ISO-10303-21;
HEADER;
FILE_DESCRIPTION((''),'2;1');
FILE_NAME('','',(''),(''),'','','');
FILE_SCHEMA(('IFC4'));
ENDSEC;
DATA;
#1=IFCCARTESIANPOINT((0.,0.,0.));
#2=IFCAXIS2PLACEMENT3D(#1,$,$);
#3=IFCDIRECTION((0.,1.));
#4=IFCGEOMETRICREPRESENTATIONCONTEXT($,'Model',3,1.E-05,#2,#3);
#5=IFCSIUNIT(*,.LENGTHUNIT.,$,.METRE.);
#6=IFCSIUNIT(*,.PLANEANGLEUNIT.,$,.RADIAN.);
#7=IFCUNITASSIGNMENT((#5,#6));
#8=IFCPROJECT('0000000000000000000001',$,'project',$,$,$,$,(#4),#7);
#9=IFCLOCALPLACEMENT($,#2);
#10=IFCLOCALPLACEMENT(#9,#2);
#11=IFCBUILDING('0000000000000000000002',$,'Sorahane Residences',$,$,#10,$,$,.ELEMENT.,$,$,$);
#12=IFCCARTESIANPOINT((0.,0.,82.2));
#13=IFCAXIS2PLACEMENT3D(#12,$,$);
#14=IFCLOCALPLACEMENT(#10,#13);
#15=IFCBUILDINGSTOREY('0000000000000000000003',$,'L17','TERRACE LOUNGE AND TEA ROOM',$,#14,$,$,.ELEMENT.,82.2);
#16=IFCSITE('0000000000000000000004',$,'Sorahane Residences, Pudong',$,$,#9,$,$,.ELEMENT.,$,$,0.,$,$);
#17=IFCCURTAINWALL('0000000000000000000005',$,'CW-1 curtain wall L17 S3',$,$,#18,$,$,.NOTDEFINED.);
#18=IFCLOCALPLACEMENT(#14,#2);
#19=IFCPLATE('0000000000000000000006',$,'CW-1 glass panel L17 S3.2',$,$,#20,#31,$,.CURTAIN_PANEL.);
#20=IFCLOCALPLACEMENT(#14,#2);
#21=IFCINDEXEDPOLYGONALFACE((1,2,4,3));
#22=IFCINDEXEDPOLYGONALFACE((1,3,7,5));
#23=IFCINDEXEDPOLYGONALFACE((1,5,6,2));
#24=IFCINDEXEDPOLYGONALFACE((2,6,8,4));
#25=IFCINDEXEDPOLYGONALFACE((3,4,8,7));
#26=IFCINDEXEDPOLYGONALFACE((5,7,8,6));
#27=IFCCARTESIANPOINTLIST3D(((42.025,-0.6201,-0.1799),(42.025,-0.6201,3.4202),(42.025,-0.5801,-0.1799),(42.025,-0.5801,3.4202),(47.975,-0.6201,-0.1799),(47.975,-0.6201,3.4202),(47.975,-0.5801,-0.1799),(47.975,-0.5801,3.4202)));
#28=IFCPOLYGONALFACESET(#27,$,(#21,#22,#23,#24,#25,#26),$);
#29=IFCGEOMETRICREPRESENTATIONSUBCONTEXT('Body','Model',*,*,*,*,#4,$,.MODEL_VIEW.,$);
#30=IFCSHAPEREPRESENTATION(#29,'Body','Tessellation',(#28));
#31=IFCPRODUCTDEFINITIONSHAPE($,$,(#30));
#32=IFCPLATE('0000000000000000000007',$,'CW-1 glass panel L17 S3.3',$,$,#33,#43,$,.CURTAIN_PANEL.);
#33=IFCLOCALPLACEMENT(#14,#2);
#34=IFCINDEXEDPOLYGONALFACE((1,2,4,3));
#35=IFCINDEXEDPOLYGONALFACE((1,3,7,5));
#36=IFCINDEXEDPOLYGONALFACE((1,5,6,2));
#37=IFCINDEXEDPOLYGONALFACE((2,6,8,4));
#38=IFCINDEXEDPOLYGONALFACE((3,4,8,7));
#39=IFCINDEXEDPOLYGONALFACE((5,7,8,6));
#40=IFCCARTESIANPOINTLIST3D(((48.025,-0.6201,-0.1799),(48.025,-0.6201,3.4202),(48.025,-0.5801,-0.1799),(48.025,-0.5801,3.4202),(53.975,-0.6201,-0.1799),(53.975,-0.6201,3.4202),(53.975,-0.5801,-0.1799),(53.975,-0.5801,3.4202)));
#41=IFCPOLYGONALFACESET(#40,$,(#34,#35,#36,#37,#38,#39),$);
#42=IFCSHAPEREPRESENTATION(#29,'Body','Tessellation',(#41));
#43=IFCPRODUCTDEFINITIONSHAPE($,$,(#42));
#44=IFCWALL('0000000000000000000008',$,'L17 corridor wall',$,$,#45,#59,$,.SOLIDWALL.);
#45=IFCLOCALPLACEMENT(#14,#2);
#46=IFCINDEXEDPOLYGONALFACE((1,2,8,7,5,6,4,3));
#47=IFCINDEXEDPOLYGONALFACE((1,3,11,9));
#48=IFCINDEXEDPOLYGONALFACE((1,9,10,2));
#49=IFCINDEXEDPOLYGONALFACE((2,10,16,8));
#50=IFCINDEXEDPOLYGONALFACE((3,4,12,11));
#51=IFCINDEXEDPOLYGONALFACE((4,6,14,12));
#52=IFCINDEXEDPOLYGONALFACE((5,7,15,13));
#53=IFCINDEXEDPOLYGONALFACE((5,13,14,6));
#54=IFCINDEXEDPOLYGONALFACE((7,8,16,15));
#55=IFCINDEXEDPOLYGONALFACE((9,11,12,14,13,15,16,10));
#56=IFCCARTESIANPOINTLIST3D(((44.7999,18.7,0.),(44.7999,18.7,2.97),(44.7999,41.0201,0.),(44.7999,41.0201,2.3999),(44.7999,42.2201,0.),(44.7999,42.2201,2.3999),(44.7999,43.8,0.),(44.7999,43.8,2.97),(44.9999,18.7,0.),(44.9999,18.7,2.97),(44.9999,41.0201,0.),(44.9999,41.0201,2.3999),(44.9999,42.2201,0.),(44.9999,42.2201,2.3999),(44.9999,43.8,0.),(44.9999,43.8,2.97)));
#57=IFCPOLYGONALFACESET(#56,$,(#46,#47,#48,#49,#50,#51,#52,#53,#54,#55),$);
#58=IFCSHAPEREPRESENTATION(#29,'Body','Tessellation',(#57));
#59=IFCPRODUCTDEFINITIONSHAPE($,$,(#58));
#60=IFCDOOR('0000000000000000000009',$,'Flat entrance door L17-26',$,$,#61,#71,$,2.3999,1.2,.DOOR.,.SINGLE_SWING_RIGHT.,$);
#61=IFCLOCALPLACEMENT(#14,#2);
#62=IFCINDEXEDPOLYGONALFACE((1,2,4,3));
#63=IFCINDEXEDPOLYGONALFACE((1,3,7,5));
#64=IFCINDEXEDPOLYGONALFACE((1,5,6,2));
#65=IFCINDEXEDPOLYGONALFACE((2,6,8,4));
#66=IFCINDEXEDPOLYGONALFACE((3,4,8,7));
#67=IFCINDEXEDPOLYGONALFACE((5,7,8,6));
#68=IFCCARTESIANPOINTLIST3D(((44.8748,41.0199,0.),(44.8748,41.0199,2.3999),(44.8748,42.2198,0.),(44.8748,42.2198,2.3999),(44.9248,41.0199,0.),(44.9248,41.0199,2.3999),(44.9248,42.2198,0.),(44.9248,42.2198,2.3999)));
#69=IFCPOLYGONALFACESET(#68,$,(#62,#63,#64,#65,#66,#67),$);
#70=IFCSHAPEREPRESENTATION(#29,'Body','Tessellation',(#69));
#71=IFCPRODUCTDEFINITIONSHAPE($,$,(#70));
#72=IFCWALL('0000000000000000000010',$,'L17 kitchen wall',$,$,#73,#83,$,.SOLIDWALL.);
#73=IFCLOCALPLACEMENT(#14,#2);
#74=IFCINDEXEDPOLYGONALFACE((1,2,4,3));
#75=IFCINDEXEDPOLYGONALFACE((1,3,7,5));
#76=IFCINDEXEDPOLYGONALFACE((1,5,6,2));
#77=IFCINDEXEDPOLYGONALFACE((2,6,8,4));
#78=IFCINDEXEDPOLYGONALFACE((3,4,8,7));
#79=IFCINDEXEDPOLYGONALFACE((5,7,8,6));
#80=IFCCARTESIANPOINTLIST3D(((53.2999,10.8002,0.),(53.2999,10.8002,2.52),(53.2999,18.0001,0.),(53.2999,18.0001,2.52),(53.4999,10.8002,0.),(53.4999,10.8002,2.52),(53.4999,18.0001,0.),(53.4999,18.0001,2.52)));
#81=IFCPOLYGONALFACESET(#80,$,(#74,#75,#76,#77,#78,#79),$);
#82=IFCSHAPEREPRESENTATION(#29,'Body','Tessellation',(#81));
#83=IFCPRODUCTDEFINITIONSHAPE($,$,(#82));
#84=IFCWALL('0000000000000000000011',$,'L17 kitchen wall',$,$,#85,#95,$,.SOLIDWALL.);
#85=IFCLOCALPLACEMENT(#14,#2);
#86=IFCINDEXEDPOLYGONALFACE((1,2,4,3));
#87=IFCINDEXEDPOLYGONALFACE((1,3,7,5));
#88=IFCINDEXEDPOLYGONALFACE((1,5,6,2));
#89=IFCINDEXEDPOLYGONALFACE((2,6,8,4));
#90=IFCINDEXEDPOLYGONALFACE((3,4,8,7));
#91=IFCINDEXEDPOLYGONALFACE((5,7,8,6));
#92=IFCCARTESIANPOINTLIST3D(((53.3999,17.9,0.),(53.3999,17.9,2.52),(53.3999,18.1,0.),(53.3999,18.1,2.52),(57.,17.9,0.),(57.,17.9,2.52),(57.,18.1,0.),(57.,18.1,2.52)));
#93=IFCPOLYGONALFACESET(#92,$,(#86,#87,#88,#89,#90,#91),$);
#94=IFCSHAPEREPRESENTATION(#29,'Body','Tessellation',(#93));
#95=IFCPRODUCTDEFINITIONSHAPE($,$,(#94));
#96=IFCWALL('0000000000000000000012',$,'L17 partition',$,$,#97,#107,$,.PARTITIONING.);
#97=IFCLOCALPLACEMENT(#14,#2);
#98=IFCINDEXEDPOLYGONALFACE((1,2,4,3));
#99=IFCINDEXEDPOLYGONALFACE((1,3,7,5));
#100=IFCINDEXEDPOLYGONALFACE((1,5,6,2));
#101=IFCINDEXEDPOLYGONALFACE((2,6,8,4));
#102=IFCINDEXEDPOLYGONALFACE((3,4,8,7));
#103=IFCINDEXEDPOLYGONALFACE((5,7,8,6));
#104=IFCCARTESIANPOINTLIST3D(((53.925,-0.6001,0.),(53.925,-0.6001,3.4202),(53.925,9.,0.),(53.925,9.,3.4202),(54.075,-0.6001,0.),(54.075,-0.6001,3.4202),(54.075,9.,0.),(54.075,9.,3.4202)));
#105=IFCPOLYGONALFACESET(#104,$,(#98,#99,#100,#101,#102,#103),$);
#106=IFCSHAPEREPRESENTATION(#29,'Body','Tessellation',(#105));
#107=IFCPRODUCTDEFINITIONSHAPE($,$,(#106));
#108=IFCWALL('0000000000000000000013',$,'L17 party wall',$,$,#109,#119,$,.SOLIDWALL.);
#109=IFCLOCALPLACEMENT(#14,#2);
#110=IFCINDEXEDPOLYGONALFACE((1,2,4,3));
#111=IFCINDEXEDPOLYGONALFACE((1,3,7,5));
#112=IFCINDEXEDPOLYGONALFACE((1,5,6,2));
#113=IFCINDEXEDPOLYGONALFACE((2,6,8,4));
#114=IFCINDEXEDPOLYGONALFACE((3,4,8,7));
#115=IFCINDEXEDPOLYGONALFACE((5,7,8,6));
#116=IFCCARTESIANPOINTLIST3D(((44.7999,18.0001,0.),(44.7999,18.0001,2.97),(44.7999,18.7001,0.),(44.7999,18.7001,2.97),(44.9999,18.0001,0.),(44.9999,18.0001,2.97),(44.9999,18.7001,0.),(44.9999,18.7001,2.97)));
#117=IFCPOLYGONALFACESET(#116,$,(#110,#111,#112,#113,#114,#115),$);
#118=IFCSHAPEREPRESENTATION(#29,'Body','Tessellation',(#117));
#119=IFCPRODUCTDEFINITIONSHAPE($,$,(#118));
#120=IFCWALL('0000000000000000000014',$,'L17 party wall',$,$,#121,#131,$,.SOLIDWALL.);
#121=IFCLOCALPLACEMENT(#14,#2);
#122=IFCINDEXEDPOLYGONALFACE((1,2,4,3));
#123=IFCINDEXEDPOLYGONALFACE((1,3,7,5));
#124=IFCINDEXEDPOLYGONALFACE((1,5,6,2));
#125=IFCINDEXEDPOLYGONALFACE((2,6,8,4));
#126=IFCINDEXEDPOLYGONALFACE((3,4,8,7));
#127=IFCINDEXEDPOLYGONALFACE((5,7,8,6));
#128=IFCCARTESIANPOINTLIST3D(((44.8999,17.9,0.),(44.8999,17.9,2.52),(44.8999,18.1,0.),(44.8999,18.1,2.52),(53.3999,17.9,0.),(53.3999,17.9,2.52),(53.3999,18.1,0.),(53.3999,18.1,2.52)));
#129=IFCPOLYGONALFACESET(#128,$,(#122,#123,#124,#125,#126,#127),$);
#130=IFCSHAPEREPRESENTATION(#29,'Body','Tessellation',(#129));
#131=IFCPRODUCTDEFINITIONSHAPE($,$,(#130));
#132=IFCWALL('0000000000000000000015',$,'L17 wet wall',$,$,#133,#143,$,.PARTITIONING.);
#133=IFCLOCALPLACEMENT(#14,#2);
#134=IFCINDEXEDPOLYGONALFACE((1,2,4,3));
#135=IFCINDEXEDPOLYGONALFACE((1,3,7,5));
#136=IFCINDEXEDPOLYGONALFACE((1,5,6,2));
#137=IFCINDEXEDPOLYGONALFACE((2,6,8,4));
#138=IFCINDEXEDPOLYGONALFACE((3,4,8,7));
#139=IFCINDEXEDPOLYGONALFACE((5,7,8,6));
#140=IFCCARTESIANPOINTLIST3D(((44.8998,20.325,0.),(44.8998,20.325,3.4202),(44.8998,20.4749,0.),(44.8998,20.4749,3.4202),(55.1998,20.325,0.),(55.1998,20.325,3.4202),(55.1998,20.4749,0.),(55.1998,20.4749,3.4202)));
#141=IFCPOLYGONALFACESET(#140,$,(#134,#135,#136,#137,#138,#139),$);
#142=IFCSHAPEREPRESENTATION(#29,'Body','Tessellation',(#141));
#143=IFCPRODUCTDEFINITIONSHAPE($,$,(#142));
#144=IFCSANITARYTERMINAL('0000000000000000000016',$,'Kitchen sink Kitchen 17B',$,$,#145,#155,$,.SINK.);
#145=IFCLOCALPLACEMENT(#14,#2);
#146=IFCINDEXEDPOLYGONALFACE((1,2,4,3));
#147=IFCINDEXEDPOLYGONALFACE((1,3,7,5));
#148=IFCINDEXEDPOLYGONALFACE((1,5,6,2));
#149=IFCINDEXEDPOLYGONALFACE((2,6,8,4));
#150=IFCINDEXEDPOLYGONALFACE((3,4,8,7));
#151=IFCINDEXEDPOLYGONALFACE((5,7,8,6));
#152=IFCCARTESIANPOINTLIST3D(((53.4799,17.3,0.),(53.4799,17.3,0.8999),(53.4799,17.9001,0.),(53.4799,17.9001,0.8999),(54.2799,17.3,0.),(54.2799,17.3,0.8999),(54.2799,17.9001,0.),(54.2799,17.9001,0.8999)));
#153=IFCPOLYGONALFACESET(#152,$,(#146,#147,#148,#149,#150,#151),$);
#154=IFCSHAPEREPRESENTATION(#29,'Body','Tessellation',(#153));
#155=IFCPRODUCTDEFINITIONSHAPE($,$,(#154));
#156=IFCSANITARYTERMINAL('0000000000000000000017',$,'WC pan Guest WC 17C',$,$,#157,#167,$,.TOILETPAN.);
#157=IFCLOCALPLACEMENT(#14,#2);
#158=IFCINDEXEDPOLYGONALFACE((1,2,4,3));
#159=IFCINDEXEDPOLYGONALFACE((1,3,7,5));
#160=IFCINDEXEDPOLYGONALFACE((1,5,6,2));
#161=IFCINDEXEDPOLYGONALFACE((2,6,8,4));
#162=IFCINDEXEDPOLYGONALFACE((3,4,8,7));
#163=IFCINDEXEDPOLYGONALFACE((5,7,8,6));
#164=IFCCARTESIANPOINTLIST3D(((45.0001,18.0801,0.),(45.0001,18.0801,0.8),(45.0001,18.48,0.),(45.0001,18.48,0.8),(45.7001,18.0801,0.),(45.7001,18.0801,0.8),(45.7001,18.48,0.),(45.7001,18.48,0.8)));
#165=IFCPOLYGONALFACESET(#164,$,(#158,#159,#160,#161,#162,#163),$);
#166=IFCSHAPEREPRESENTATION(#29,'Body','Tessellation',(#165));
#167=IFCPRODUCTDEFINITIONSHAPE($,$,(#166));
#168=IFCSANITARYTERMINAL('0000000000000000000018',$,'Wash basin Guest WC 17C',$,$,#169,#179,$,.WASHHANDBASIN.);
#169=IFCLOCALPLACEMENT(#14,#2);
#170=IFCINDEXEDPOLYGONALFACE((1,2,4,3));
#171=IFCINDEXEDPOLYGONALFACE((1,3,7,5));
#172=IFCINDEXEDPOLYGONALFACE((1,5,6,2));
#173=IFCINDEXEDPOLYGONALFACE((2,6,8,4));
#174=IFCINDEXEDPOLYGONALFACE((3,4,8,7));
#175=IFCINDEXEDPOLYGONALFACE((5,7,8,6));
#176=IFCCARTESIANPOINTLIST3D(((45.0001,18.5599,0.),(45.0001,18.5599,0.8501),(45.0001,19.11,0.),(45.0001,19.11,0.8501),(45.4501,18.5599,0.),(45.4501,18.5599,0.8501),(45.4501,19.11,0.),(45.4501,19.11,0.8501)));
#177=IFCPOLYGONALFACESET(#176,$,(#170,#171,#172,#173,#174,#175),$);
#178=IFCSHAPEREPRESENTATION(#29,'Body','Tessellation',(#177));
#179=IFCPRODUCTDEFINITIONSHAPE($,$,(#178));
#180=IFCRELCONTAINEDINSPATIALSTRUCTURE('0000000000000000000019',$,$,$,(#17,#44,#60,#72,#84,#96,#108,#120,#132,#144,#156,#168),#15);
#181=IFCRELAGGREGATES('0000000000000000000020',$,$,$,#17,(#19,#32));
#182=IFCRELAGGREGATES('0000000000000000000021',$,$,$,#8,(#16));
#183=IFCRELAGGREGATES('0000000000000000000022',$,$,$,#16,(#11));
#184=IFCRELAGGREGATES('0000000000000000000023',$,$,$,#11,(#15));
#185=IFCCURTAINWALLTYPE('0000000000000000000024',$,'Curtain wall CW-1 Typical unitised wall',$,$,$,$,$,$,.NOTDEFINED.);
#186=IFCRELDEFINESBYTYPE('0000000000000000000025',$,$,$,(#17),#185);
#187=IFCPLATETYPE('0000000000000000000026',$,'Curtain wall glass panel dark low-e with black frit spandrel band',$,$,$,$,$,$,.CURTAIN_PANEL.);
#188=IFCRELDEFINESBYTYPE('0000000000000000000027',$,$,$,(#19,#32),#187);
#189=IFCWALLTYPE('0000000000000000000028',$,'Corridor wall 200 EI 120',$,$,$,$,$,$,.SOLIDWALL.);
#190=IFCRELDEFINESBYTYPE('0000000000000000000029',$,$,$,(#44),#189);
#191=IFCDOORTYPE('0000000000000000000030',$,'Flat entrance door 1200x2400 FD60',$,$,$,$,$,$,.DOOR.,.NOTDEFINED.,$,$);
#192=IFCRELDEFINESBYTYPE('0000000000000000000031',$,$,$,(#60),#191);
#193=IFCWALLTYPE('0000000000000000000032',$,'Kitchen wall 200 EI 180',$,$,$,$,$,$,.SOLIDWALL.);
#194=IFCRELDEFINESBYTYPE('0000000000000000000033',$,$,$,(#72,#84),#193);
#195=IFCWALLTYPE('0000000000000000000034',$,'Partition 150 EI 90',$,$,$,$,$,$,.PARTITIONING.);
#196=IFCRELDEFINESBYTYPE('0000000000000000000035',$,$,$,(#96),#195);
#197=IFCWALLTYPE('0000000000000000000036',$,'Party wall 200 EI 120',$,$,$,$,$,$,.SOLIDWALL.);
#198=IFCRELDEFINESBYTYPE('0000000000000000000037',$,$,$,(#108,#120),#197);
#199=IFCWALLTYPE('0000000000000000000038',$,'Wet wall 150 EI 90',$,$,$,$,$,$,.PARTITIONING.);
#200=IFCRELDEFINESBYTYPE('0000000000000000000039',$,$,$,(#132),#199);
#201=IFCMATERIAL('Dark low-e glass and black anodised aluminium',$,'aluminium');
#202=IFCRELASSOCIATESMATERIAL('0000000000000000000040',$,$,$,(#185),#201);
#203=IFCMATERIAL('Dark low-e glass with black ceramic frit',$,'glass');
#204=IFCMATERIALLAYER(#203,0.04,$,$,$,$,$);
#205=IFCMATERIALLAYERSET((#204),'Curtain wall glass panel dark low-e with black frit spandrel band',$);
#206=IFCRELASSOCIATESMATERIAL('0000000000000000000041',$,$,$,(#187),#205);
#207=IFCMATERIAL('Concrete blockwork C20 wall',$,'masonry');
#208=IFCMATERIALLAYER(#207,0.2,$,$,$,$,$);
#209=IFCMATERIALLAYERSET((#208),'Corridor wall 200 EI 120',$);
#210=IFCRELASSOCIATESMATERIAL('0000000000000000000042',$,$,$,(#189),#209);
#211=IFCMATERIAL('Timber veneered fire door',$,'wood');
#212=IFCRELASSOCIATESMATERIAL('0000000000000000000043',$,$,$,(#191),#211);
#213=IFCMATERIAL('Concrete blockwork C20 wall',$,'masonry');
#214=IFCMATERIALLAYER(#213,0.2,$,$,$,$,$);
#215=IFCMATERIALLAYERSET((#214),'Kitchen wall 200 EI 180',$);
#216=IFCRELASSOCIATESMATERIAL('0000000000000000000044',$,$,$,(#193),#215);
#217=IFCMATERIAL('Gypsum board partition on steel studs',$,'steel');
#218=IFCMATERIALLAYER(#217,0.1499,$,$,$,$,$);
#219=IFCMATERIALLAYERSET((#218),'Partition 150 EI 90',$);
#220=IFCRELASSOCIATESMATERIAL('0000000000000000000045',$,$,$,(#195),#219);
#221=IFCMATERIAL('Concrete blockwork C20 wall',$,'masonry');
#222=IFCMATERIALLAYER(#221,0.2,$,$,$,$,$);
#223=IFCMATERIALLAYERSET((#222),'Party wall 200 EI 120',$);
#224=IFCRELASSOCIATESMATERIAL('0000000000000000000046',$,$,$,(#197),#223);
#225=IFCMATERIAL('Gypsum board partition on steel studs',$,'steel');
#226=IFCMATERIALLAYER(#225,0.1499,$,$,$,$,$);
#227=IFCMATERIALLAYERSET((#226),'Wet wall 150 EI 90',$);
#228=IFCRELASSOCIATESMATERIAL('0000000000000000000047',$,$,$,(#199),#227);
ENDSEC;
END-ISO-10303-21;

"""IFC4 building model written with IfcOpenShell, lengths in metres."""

from ifc_helpers import new_model, si_unit, direction, frame, frame_2d, origin, origin_2d, place, context, subcontext, project, spatial, rectangle, extrude, material, layer, layer_set, type_object, element, fill, aggregate, save


model = new_model("IFC4")

# Units and contexts
model_context = context("Model", 3, precision=1e-05, world=origin(), true_north=direction((0.0, 1.0)))
body_context = subcontext(model_context, "Body", "Model", "MODEL_VIEW")
ifc_project = project(units=[si_unit("LENGTHUNIT", "METRE"), si_unit("PLANEANGLEUNIT", "RADIAN")], contexts=[model_context])

# Site, building, storey
site_placement = place(None, origin())
site = spatial("IfcSite", under=ifc_project, at=site_placement, Name="Sorahane Residences, Pudong", CompositionType="ELEMENT", RefElevation=0.0)
building_placement = place(site_placement, origin())
building = spatial("IfcBuilding", under=site, at=building_placement, Name="Sorahane Residences", CompositionType="ELEMENT")
storey_placement = place(building_placement, frame((0.0, 0.0, 82.2)))
storey = spatial("IfcBuildingStorey", under=building, at=storey_placement, Name="L17", Description="TERRACE LOUNGE AND TEA ROOM", CompositionType="ELEMENT", Elevation=82.2)

# Curtain wall
ifc_material_1 = material(Name="Dark low-e glass and black anodised aluminium", Category="aluminium")
curtain_wall_type = type_object("IfcCurtainWallType", Name="Curtain wall CW-1 Typical unitised wall", PredefinedType="NOTDEFINED", material=ifc_material_1)
curtain_wall_placement = place(storey_placement, origin())
curtain_wall = element("IfcCurtainWall", 1, at=curtain_wall_placement, inside=storey, type_object=curtain_wall_type, Name="CW-1 curtain wall L17 S3", PredefinedType="NOTDEFINED")

# Plates
ifc_material_2 = material(Name="Dark low-e glass with black ceramic frit", Category="glass")
ifc_layer_1 = layer(ifc_material_2, 0.04)
ifc_layer_set_1 = layer_set([ifc_layer_1], Name="Curtain wall glass panel dark low-e with black frit spandrel band")
plate_type = type_object("IfcPlateType", Name="Curtain wall glass panel dark low-e with black frit spandrel band", PredefinedType="CURTAIN_PANEL", material=ifc_layer_set_1)
plate_1_placement = place(storey_placement, frame((45.0, -0.6001, -0.1799), z_axis=(0.0, 0.0, 1.0), x_axis=(1.0, 0.0, 0.0)))
plate_1 = element("IfcPlate", 2, at=plate_1_placement, type_object=plate_type, Name="CW-1 glass panel L17 S3.2", PredefinedType="CURTAIN_PANEL", context=body_context, shape_type="SweptSolid", body=[
    extrude(rectangle(XDim=5.95, YDim=0.04, at=origin_2d()), origin(), (0.0, 0.0, 1.0), 3.6001),
])
plate_2_placement = place(storey_placement, frame((51.0, -0.6001, -0.1799), z_axis=(0.0, 0.0, 1.0), x_axis=(1.0, 0.0, 0.0)))
plate_2 = element("IfcPlate", 3, at=plate_2_placement, type_object=plate_type, Name="CW-1 glass panel L17 S3.3", PredefinedType="CURTAIN_PANEL", context=body_context, shape_type="SweptSolid", body=[
    extrude(rectangle(XDim=5.95, YDim=0.04, at=origin_2d()), origin(), (0.0, 0.0, 1.0), 3.6001),
])
aggregate(curtain_wall, [plate_1, plate_2])

# Wall, opening, door
ifc_material_3 = material(Name="Concrete blockwork C20 wall", Category="masonry")
ifc_layer_2 = layer(ifc_material_3, 0.2)
ifc_layer_set_2 = layer_set([ifc_layer_2], Name="Corridor wall 200 EI 120")
wall_type_1 = type_object("IfcWallType", Name="Corridor wall 200 EI 120", PredefinedType="SOLIDWALL", material=ifc_layer_set_2)
wall_1_placement = place(storey_placement, frame((44.8999, 18.7, 0.0), z_axis=(0.0, 0.0, 1.0), x_axis=(0.0, 1.0, 0.0)))
wall_1 = element("IfcWall", 4, at=wall_1_placement, inside=storey, type_object=wall_type_1, Name="L17 corridor wall", PredefinedType="SOLIDWALL", context=body_context, shape_type="SweptSolid", body=[
    extrude(rectangle(XDim=25.1001, YDim=0.2, at=frame_2d((12.55, 0.0))), origin(), (0.0, 0.0, 1.0), 2.97),
])
opening_1_placement = place(wall_1_placement, frame((22.3201, 0.0, 0.0)))
opening_1 = element("IfcOpeningElement", 5, at=opening_1_placement, cuts=wall_1, PredefinedType="OPENING", context=body_context, shape_type="SweptSolid", body=[
    extrude(rectangle(XDim=1.2, YDim=2.3999, at=frame_2d((0.6001, 1.2))), frame((0.0, 0.1099, 0.0), z_axis=(0.0, -1.0, 0.0), x_axis=(1.0, 0.0, 0.0)), (0.0, 0.0, 1.0), 0.22),
])
ifc_material_4 = material(Name="Timber veneered fire door", Category="wood")
door_type_1 = type_object("IfcDoorType", Name="Flat entrance door 1200x2400 FD60", OperationType="NOTDEFINED", PredefinedType="DOOR", material=ifc_material_4)
door_1_placement = place(opening_1_placement, frame((1.2, 0.0, 0.0), z_axis=(0.0, 0.0, 1.0), x_axis=(-1.0, 0.0, 0.0)))
door_1 = element("IfcDoor", 6, at=door_1_placement, inside=storey, type_object=door_type_1, Name="Flat entrance door L17-26", OperationType="SINGLE_SWING_RIGHT", OverallHeight=2.3999, OverallWidth=1.2, PredefinedType="DOOR", context=body_context, shape_type="SweptSolid", body=[
    extrude(rectangle(XDim=1.2, YDim=2.3999, at=frame_2d((0.6001, 1.2))), frame((0.0, 0.0249, 0.0), z_axis=(0.0, -1.0, 0.0), x_axis=(1.0, 0.0, 0.0)), (0.0, 0.0, 1.0), 0.05),
])
fill(opening_1, door_1)

# Wall
ifc_material_5 = material(Name="Concrete blockwork C20 wall", Category="masonry")
ifc_layer_3 = layer(ifc_material_5, 0.2)
ifc_layer_set_3 = layer_set([ifc_layer_3], Name="Kitchen wall 200 EI 180")
wall_type_2 = type_object("IfcWallType", Name="Kitchen wall 200 EI 180", PredefinedType="SOLIDWALL", material=ifc_layer_set_3)
wall_2_placement = place(storey_placement, frame((53.3999, 10.8, 0.0), z_axis=(0.0, 0.0, 1.0), x_axis=(0.0, 1.0, 0.0)))
element("IfcWall", 7, at=wall_2_placement, inside=storey, type_object=wall_type_2, Name="L17 kitchen wall", PredefinedType="SOLIDWALL", context=body_context, shape_type="SweptSolid", body=[
    extrude(rectangle(XDim=7.2, YDim=0.2, at=frame_2d((3.6001, 0.0))), origin(), (0.0, 0.0, 1.0), 2.52),
])

# Walls
wall_3_placement = place(storey_placement, frame((53.3999, 18.0, 0.0), z_axis=(0.0, 0.0, 1.0), x_axis=(1.0, 0.0, 0.0)))
element("IfcWall", 8, at=wall_3_placement, inside=storey, type_object=wall_type_2, Name="L17 kitchen wall", PredefinedType="SOLIDWALL", context=body_context, shape_type="SweptSolid", body=[
    extrude(rectangle(XDim=3.6001, YDim=0.2, at=frame_2d((1.8, 0.0))), origin(), (0.0, 0.0, 1.0), 2.52),
])
ifc_material_6 = material(Name="Gypsum board partition on steel studs", Category="steel")
ifc_layer_4 = layer(ifc_material_6, 0.1499)
ifc_layer_set_4 = layer_set([ifc_layer_4], Name="Partition 150 EI 90")
wall_type_3 = type_object("IfcWallType", Name="Partition 150 EI 90", PredefinedType="PARTITIONING", material=ifc_layer_set_4)
wall_4_placement = place(storey_placement, frame((54.0, -0.6001, 0.0), z_axis=(0.0, 0.0, 1.0), x_axis=(0.0, 1.0, 0.0)))
element("IfcWall", 9, at=wall_4_placement, inside=storey, type_object=wall_type_3, Name="L17 partition", PredefinedType="PARTITIONING", context=body_context, shape_type="SweptSolid", body=[
    extrude(rectangle(XDim=9.6001, YDim=0.1499, at=frame_2d((4.8, 0.0))), origin(), (0.0, 0.0, 1.0), 3.4202),
])
ifc_material_7 = material(Name="Concrete blockwork C20 wall", Category="masonry")
ifc_layer_5 = layer(ifc_material_7, 0.2)
ifc_layer_set_5 = layer_set([ifc_layer_5], Name="Party wall 200 EI 120")
wall_type_4 = type_object("IfcWallType", Name="Party wall 200 EI 120", PredefinedType="SOLIDWALL", material=ifc_layer_set_5)
wall_5_placement = place(storey_placement, frame((44.8999, 18.0, 0.0), z_axis=(0.0, 0.0, 1.0), x_axis=(0.0, 1.0, 0.0)))
element("IfcWall", 10, at=wall_5_placement, inside=storey, type_object=wall_type_4, Name="L17 party wall", PredefinedType="SOLIDWALL", context=body_context, shape_type="SweptSolid", body=[
    extrude(rectangle(XDim=0.7, YDim=0.2, at=frame_2d((0.3501, 0.0))), origin(), (0.0, 0.0, 1.0), 2.97),
])
wall_6_placement = place(storey_placement, frame((44.8999, 18.0, 0.0), z_axis=(0.0, 0.0, 1.0), x_axis=(1.0, 0.0, 0.0)))
element("IfcWall", 11, at=wall_6_placement, inside=storey, type_object=wall_type_4, Name="L17 party wall", PredefinedType="SOLIDWALL", context=body_context, shape_type="SweptSolid", body=[
    extrude(rectangle(XDim=8.5, YDim=0.2, at=frame_2d((4.25, 0.0))), origin(), (0.0, 0.0, 1.0), 2.52),
])

# Shared definitions
ifc_material_8 = material(Name="Gypsum board partition on steel studs", Category="steel")
ifc_layer_6 = layer(ifc_material_8, 0.1499)
ifc_layer_set_6 = layer_set([ifc_layer_6], Name="Wet wall 150 EI 90")
wall_type_5 = type_object("IfcWallType", Name="Wet wall 150 EI 90", PredefinedType="PARTITIONING", material=ifc_layer_set_6)

# Wall
wall_7_placement = place(storey_placement, frame((44.8999, 20.3999, 0.0), z_axis=(0.0, 0.0, 1.0), x_axis=(1.0, 0.0, 0.0)))
element("IfcWall", 12, at=wall_7_placement, inside=storey, type_object=wall_type_5, Name="L17 wet wall", PredefinedType="PARTITIONING", context=body_context, shape_type="SweptSolid", body=[
    extrude(rectangle(XDim=10.3, YDim=0.1499, at=frame_2d((5.1499, 0.0))), origin(), (0.0, 0.0, 1.0), 3.4202),
])

# Sanitary terminals
sanitary_terminal_1_placement = place(storey_placement, frame((53.8799, 17.6001, 0.0), z_axis=(0.0, 0.0, 1.0), x_axis=(1.0, 0.0, 0.0)))
element("IfcSanitaryTerminal", 13, at=sanitary_terminal_1_placement, inside=storey, Name="Kitchen sink Kitchen 17B", PredefinedType="SINK", context=body_context, shape_type="SweptSolid", body=[
    extrude(rectangle(XDim=0.8, YDim=0.6001, at=origin_2d()), origin(), (0.0, 0.0, 1.0), 0.8999),
])
sanitary_terminal_2_placement = place(storey_placement, frame((45.3501, 18.28, 0.0), z_axis=(0.0, 0.0, 1.0), x_axis=(0.0, 1.0, 0.0)))
element("IfcSanitaryTerminal", 14, at=sanitary_terminal_2_placement, inside=storey, Name="WC pan Guest WC 17C", PredefinedType="TOILETPAN", context=body_context, shape_type="SweptSolid", body=[
    extrude(rectangle(XDim=0.3999, YDim=0.7, at=origin_2d()), origin(), (0.0, 0.0, 1.0), 0.8),
])
sanitary_terminal_3_placement = place(storey_placement, frame((45.2251, 18.835, 0.0), z_axis=(0.0, 0.0, 1.0), x_axis=(0.0, 1.0, 0.0)))
element("IfcSanitaryTerminal", 15, at=sanitary_terminal_3_placement, inside=storey, Name="Wash basin Guest WC 17C", PredefinedType="WASHHANDBASIN", context=body_context, shape_type="SweptSolid", body=[
    extrude(rectangle(XDim=0.55, YDim=0.45, at=origin_2d()), origin(), (0.0, 0.0, 1.0), 0.8501),
])

save(model, "model.ifc")
